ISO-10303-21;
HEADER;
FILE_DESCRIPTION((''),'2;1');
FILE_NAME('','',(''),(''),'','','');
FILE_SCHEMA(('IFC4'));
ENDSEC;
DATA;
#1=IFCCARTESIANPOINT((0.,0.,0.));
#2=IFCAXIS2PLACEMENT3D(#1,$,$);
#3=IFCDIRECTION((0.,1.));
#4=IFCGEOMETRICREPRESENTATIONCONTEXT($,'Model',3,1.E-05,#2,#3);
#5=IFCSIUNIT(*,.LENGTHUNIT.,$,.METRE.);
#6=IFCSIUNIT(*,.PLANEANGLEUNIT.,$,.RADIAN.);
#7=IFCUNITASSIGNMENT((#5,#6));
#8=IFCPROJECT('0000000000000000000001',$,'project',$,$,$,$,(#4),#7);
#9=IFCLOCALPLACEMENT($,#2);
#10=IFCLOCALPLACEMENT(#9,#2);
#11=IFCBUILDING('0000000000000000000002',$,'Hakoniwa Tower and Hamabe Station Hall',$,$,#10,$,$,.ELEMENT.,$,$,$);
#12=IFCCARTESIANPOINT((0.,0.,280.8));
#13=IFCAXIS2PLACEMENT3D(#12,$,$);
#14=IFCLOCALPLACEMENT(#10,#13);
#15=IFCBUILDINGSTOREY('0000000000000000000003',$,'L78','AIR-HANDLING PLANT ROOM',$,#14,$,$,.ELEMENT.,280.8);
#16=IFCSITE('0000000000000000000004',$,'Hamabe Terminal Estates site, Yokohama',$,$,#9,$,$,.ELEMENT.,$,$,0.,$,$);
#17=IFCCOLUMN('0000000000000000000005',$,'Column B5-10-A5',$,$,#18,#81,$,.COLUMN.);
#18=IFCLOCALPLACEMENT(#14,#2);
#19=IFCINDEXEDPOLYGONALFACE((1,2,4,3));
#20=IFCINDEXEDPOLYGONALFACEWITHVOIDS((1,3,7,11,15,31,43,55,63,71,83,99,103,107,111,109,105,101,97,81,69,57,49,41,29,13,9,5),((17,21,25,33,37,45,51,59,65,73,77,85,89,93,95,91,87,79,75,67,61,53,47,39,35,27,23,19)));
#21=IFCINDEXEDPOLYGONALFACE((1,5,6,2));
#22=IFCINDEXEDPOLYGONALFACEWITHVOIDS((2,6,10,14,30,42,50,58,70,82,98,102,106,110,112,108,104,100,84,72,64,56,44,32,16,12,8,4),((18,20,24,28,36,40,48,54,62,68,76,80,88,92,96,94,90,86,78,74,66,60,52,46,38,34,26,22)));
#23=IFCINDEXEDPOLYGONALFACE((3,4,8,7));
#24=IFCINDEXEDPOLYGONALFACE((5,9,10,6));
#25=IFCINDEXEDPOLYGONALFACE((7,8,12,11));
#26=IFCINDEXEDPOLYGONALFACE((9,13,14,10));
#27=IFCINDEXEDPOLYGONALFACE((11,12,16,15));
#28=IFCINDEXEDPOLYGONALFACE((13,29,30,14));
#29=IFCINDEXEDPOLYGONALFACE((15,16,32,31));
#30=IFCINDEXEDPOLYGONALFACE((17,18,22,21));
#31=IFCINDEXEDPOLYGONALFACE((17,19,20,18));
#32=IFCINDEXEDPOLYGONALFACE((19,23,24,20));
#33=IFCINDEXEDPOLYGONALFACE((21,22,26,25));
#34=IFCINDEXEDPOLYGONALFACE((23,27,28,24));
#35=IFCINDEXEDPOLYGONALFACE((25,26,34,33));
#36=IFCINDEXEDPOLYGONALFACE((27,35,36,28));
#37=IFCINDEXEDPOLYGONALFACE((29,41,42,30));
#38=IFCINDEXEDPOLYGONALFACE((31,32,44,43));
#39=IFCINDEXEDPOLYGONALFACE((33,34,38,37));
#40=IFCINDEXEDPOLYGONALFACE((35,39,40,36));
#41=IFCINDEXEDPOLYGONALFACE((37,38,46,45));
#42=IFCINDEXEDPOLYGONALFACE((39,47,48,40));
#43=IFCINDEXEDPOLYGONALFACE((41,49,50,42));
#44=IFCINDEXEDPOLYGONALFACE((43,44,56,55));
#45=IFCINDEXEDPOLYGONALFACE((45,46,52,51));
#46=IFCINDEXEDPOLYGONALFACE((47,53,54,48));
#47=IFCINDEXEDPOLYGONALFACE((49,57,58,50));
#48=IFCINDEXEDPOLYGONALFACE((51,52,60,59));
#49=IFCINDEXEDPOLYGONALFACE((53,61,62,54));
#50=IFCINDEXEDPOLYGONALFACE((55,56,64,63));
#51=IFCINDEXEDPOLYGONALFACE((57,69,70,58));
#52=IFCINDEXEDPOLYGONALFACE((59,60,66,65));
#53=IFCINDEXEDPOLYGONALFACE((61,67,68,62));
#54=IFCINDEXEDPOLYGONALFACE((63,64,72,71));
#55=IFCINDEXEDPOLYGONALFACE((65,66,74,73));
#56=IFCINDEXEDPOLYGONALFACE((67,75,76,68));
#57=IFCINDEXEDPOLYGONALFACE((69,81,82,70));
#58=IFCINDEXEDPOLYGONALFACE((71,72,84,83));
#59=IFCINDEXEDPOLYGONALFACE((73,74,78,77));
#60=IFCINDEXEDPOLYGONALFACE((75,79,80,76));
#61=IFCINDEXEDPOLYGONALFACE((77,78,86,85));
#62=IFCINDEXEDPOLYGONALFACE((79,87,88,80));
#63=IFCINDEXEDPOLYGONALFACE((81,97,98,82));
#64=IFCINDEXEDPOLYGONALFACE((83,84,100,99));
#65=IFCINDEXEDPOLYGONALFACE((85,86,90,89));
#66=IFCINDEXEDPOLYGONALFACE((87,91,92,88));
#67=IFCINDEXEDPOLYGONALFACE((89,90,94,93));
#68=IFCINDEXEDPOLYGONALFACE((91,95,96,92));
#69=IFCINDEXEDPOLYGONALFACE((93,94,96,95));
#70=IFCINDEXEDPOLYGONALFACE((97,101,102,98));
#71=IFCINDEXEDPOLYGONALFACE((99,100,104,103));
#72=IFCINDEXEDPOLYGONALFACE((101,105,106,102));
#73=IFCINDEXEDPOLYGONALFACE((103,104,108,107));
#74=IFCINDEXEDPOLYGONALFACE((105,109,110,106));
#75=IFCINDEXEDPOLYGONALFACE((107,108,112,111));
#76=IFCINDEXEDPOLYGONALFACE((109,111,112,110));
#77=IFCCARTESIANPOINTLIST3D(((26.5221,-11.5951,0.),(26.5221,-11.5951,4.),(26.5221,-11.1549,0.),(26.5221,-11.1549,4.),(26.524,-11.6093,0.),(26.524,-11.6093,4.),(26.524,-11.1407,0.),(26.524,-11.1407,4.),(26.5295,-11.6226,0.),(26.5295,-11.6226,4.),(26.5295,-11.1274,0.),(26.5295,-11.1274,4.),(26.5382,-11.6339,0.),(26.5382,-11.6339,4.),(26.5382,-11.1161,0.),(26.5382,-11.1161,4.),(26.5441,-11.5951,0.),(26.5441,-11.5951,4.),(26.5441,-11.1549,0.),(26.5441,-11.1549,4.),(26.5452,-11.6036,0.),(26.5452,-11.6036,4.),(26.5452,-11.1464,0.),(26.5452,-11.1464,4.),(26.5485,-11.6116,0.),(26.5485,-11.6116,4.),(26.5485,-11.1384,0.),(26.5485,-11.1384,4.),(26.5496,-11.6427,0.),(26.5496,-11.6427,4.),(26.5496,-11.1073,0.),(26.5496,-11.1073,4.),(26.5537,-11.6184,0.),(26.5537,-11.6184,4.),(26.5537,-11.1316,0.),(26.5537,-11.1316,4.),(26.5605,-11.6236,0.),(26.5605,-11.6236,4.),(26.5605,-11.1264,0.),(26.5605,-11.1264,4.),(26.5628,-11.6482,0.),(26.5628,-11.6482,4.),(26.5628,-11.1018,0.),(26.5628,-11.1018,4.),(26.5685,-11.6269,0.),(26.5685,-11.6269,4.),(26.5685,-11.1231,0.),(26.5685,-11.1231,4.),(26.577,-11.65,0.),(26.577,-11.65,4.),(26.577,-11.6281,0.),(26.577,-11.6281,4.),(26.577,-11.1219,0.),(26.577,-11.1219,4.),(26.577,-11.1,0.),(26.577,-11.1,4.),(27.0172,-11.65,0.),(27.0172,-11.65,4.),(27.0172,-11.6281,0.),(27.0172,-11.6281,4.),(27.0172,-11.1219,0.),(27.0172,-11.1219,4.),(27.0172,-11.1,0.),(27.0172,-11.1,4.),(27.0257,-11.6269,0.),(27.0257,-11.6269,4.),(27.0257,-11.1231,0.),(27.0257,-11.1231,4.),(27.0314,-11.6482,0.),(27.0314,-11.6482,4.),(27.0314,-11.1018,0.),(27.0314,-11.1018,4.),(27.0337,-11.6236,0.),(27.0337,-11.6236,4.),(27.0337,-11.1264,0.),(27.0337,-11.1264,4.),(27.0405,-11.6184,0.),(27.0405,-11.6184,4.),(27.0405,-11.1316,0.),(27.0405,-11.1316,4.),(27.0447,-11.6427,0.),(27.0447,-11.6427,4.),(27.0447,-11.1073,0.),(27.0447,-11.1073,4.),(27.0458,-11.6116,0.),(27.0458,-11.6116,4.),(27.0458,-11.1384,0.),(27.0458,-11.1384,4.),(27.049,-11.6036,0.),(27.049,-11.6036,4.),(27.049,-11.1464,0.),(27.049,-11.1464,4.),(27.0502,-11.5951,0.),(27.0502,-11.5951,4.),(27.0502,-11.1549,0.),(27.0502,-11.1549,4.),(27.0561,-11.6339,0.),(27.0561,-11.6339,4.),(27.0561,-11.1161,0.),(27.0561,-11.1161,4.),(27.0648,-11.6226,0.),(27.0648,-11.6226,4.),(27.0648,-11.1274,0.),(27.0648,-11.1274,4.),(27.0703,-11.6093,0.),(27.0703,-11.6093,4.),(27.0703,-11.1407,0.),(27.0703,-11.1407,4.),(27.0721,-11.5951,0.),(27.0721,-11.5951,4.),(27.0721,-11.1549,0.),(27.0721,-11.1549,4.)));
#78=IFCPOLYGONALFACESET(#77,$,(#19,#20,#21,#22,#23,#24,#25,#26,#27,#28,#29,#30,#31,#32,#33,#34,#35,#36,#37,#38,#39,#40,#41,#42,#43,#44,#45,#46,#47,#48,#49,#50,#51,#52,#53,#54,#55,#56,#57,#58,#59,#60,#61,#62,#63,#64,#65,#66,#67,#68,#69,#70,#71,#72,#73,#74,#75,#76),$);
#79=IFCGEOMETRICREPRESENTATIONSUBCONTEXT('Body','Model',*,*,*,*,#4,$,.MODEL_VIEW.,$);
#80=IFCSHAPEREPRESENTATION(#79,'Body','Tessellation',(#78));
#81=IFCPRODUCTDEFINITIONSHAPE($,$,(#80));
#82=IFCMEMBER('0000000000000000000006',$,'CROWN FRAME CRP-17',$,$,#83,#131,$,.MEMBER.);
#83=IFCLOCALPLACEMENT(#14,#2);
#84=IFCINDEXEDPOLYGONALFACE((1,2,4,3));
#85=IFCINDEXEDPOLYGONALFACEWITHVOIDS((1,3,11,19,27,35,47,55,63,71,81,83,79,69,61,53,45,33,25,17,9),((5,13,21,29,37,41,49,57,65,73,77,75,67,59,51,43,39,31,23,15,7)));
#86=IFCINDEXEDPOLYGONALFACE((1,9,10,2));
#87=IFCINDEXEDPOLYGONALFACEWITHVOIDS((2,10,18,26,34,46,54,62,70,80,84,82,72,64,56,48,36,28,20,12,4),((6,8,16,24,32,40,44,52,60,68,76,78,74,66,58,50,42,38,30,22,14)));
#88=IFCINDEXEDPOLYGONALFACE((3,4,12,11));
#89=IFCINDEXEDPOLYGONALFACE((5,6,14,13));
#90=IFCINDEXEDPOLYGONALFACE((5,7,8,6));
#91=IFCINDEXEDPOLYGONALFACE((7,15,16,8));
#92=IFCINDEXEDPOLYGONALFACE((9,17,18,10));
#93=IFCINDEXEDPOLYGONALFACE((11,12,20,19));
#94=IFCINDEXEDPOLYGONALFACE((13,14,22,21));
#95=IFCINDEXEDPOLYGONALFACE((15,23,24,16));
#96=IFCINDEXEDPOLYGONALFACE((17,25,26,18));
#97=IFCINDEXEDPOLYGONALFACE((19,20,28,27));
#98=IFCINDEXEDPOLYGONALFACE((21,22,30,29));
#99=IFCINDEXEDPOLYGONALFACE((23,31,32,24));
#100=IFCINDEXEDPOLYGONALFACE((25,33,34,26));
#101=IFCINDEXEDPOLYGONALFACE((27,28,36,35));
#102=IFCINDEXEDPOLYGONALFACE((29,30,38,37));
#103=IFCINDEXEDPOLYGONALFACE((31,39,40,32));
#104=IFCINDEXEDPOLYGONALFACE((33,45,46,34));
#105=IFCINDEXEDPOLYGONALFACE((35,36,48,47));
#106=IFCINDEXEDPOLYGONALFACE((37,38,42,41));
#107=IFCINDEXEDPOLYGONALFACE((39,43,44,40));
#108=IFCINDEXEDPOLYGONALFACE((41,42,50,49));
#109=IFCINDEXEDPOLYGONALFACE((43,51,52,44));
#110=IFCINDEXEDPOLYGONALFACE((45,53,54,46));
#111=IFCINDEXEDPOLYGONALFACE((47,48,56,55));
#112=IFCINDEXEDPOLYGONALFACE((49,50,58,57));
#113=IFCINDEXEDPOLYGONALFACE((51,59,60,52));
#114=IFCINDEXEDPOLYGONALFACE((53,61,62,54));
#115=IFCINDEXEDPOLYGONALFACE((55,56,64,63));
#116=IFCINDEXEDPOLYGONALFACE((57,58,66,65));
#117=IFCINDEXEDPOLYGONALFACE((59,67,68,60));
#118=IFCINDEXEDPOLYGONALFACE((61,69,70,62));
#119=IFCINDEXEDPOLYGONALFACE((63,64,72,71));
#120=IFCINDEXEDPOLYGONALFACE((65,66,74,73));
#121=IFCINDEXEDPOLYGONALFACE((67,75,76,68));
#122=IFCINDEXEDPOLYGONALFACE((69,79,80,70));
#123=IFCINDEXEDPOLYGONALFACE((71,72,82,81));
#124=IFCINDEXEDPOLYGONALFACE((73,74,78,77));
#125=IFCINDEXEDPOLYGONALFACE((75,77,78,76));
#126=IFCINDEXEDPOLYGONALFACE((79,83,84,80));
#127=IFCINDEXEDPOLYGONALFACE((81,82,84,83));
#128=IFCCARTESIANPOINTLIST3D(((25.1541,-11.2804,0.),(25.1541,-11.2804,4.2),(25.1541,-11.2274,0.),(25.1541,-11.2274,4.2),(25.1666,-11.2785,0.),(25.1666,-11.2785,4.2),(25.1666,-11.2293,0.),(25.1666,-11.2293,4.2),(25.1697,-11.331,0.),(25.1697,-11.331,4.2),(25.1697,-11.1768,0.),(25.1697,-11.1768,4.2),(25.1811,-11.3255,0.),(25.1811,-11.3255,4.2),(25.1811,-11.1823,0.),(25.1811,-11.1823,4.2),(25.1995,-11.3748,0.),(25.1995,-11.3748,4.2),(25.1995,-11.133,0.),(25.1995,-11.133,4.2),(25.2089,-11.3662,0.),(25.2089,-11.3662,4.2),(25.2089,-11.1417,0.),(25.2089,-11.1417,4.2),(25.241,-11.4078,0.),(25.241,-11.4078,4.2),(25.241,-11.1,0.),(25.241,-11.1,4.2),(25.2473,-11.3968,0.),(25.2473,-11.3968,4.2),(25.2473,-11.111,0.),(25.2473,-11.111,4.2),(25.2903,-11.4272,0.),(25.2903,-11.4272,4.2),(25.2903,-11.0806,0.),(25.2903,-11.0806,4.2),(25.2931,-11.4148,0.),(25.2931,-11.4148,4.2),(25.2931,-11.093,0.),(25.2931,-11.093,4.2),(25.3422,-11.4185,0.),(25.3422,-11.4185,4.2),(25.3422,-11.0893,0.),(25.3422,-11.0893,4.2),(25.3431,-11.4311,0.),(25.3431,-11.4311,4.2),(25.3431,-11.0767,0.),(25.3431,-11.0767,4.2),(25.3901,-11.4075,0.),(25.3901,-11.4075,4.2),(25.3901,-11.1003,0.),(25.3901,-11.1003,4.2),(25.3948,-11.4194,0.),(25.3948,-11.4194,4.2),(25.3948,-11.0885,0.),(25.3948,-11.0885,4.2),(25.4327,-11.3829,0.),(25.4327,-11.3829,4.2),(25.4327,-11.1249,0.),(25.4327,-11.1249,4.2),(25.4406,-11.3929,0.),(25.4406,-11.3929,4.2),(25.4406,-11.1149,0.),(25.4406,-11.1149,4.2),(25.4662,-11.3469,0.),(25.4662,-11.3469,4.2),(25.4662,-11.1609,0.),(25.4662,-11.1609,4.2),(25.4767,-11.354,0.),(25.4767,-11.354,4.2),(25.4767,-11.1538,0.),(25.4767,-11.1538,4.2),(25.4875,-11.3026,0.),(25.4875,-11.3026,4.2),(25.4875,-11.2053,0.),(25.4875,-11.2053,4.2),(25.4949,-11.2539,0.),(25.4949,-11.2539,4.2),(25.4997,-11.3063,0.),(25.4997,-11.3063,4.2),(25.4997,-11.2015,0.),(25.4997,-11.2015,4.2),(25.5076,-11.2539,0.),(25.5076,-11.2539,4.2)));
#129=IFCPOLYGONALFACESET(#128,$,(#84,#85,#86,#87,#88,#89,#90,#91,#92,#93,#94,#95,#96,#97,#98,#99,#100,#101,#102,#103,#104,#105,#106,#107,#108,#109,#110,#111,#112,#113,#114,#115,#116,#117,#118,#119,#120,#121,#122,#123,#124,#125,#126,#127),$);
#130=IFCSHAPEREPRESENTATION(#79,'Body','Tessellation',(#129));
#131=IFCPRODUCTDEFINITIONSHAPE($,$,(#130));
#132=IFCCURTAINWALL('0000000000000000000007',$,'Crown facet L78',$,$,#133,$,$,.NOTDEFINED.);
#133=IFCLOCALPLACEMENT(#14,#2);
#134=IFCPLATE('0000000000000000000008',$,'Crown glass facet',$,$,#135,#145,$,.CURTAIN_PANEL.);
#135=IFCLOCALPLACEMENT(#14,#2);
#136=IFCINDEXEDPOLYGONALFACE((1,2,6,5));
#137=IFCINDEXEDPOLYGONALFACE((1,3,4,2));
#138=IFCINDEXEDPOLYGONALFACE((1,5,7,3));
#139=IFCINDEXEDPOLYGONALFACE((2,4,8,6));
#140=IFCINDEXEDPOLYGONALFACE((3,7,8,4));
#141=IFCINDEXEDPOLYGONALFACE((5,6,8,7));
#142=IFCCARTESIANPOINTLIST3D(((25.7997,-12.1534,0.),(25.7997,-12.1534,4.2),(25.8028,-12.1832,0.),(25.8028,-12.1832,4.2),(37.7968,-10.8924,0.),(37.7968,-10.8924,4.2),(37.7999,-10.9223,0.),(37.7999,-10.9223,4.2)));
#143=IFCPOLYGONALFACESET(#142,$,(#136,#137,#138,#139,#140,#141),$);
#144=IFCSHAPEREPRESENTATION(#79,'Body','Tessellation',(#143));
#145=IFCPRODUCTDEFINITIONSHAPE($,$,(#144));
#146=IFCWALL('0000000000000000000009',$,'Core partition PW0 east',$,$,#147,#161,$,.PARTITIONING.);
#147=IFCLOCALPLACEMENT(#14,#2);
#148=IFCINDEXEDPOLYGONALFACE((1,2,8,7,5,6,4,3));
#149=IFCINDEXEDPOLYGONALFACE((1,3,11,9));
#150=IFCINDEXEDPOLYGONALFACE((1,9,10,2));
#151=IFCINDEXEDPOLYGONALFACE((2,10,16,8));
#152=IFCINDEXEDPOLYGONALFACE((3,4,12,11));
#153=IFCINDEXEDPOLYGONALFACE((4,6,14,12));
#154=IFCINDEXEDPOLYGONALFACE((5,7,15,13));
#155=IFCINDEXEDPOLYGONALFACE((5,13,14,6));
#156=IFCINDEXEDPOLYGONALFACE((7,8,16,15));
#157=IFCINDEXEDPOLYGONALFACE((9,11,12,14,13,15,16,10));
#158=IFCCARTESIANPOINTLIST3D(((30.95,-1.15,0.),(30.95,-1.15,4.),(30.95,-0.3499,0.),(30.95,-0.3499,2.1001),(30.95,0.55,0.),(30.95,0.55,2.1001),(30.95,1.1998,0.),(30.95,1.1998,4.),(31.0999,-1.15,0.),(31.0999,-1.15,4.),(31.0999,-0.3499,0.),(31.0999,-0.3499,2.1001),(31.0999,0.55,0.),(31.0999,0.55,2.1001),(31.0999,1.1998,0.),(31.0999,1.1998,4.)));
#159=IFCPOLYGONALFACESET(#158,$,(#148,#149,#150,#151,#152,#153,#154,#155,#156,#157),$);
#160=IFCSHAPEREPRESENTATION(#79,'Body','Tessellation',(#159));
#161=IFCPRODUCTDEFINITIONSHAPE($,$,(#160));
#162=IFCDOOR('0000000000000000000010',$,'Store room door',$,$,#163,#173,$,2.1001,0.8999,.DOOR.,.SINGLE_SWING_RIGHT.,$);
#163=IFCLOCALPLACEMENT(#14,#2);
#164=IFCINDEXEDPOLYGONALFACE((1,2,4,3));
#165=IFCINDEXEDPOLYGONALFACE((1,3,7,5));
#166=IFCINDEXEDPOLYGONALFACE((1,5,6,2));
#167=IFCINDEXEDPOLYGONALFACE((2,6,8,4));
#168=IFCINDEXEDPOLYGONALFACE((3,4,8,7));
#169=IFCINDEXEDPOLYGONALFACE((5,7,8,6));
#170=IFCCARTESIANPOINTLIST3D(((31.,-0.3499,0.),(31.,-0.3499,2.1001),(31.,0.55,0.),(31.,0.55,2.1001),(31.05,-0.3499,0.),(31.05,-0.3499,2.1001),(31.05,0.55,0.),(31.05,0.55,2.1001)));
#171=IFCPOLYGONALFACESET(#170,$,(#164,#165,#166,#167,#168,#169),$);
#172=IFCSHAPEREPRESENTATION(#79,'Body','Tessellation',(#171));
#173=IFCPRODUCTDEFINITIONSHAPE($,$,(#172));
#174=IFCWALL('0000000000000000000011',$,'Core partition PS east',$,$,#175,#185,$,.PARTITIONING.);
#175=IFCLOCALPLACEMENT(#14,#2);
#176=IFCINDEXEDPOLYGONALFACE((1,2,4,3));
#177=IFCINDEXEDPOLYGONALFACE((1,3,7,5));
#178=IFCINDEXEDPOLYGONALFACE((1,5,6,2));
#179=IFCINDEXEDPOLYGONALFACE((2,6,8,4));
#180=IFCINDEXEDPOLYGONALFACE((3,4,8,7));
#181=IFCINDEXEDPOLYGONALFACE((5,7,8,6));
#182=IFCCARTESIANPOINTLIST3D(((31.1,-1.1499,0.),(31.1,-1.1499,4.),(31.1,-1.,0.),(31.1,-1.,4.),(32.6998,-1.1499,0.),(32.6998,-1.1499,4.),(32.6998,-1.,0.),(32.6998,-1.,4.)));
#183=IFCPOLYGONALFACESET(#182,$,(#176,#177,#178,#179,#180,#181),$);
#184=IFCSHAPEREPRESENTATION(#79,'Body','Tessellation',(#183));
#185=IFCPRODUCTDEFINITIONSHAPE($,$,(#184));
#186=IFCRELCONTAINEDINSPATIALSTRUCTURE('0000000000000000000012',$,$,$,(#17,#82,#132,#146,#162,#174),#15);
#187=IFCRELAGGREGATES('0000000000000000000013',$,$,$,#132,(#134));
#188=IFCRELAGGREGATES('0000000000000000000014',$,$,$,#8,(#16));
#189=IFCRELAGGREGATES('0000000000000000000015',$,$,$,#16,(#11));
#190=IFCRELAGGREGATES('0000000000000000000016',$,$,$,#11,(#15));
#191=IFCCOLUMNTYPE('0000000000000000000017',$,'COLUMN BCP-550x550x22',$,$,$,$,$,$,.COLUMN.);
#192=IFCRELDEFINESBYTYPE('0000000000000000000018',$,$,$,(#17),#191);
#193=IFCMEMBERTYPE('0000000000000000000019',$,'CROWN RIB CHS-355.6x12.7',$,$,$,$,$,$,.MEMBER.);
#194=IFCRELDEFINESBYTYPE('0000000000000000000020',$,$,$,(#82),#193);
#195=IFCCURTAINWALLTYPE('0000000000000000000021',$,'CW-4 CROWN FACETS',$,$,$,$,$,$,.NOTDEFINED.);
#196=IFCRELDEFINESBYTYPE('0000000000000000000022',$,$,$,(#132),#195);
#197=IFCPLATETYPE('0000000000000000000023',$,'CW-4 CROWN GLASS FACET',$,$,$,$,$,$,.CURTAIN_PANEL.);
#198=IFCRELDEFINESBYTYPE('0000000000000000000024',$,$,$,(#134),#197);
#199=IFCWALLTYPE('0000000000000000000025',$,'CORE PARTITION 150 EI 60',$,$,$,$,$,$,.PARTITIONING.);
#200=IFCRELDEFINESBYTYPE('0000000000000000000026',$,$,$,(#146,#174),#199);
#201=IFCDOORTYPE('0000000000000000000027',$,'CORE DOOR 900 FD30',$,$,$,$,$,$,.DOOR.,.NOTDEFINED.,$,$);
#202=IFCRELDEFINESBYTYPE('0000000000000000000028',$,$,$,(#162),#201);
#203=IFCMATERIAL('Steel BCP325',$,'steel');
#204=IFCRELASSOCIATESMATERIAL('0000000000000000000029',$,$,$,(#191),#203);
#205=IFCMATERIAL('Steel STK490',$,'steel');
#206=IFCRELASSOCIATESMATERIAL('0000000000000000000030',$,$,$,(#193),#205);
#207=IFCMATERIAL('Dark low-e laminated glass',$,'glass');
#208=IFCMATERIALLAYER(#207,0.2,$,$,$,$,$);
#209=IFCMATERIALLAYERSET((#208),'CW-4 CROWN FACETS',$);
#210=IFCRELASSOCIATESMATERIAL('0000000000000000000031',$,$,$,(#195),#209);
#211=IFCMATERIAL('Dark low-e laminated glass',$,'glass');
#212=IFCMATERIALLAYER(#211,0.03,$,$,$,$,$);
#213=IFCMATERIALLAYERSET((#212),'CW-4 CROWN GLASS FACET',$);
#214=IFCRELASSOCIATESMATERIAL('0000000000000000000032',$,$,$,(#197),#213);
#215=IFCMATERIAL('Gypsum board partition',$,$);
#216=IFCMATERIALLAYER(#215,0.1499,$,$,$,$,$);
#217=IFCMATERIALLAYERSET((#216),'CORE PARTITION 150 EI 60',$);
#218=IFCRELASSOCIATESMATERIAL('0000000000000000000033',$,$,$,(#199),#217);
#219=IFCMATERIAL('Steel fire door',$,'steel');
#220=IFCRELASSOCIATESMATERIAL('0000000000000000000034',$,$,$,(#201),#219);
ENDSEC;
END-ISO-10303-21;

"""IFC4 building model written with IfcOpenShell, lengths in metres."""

from ifc_helpers import new_model, si_unit, direction, frame, frame_2d, origin, origin_2d, place, context, subcontext, project, spatial, rectangle, hollow_rectangle, hollow_circle, extrude, material, layer, layer_set, material_profile, profile_set, type_object, element, fill, aggregate, save


model = new_model("IFC4")

# Units and contexts
model_context = context("Model", 3, precision=1e-05, world=origin(), true_north=direction((0.0, 1.0)))
body_context = subcontext(model_context, "Body", "Model", "MODEL_VIEW")
ifc_project = project(units=[si_unit("LENGTHUNIT", "METRE"), si_unit("PLANEANGLEUNIT", "RADIAN")], contexts=[model_context])

# Site, building, storey
site_placement = place(None, origin())
site = spatial("IfcSite", under=ifc_project, at=site_placement, Name="Hamabe Terminal Estates site, Yokohama", CompositionType="ELEMENT", RefElevation=0.0)
building_placement = place(site_placement, origin())
building = spatial("IfcBuilding", under=site, at=building_placement, Name="Hakoniwa Tower and Hamabe Station Hall", CompositionType="ELEMENT")
storey_placement = place(building_placement, frame((0.0, 0.0, 280.8)))
storey = spatial("IfcBuildingStorey", under=building, at=storey_placement, Name="L78", Description="AIR-HANDLING PLANT ROOM", CompositionType="ELEMENT", Elevation=280.8)

# Column
ifc_material_1 = material(Name="Steel BCP325", Category="steel")
ifc_material_profile_1 = material_profile(ifc_material_1, hollow_rectangle(XDim=0.55, YDim=0.55, WallThickness=0.022, InnerFilletRadius=0.033, OuterFilletRadius=0.0549, at=origin_2d()), Name="BCP-550x550x22")
ifc_profile_set_1 = profile_set([ifc_material_profile_1], Name="Steel BCP325")
column_type = type_object("IfcColumnType", Name="COLUMN BCP-550x550x22", PredefinedType="COLUMN", material=ifc_profile_set_1)
column_placement = place(storey_placement, frame((26.7971, -11.375, 0.0), z_axis=(0.0, 0.0, 1.0), x_axis=(1.0, 0.0, 0.0)))
element("IfcColumn", 1, at=column_placement, inside=storey, type_object=column_type, Name="Column B5-10-A5", PredefinedType="COLUMN", context=body_context, shape_type="SweptSolid", body=[
    extrude(hollow_rectangle(XDim=0.55, YDim=0.55, WallThickness=0.022, InnerFilletRadius=0.033, OuterFilletRadius=0.0549, at=origin_2d()), origin(), (0.0, 0.0, 1.0), 4.0),
])

# Member
ifc_material_2 = material(Name="Steel STK490", Category="steel")
ifc_material_profile_2 = material_profile(ifc_material_2, hollow_circle(Radius=0.1777, WallThickness=0.0127, at=origin_2d()), Name="CHS-355.6x12.7")
ifc_profile_set_2 = profile_set([ifc_material_profile_2], Name="Steel STK490")
member_type = type_object("IfcMemberType", Name="CROWN RIB CHS-355.6x12.7", PredefinedType="MEMBER", material=ifc_profile_set_2)
member_placement = place(storey_placement, frame((25.3298, -11.2539, 0.0), z_axis=(0.0, 0.0, 1.0), x_axis=(1.0, 0.0, 0.0)))
element("IfcMember", 2, at=member_placement, inside=storey, type_object=member_type, Name="CROWN FRAME CRP-17", PredefinedType="MEMBER", context=body_context, shape_type="SweptSolid", body=[
    extrude(hollow_circle(Radius=0.1777, WallThickness=0.0127, at=origin_2d()), origin(), (0.0, 0.0, 1.0), 4.2),
])

# Curtain wall, plate
ifc_material_3 = material(Name="Dark low-e laminated glass", Category="glass")
ifc_layer_1 = layer(ifc_material_3, 0.2)
ifc_layer_set_1 = layer_set([ifc_layer_1], Name="CW-4 CROWN FACETS")
curtain_wall_type = type_object("IfcCurtainWallType", Name="CW-4 CROWN FACETS", PredefinedType="NOTDEFINED", material=ifc_layer_set_1)
curtain_wall_placement = place(storey_placement, origin())
curtain_wall = element("IfcCurtainWall", 3, at=curtain_wall_placement, inside=storey, type_object=curtain_wall_type, Name="Crown facet L78", PredefinedType="NOTDEFINED")
ifc_material_4 = material(Name="Dark low-e laminated glass", Category="glass")
ifc_layer_2 = layer(ifc_material_4, 0.03)
ifc_layer_set_2 = layer_set([ifc_layer_2], Name="CW-4 CROWN GLASS FACET")
plate_type = type_object("IfcPlateType", Name="CW-4 CROWN GLASS FACET", PredefinedType="CURTAIN_PANEL", material=ifc_layer_set_2)
plate_placement = place(storey_placement, frame((31.7998, -11.5378, 0.0), z_axis=(0.0, 0.0, 1.0), x_axis=(0.994522, 0.104528, 0.0)))
plate = element("IfcPlate", 4, at=plate_placement, type_object=plate_type, Name="Crown glass facet", PredefinedType="CURTAIN_PANEL", context=body_context, shape_type="SweptSolid", body=[
    extrude(rectangle(XDim=12.0632, YDim=0.03, at=origin_2d()), origin(), (0.0, 0.0, 1.0), 4.2),
])
aggregate(curtain_wall, [plate])

# Wall, opening, door
ifc_material_5 = material(Name="Gypsum board partition")
ifc_layer_3 = layer(ifc_material_5, 0.1499)
ifc_layer_set_3 = layer_set([ifc_layer_3], Name="CORE PARTITION 150 EI 60")
wall_type_1 = type_object("IfcWallType", Name="CORE PARTITION 150 EI 60", PredefinedType="PARTITIONING", material=ifc_layer_set_3)
wall_1_placement = place(storey_placement, frame((31.0249, -1.1499, 0.0), z_axis=(0.0, 0.0, 1.0), x_axis=(0.0, 1.0, 0.0)))
wall_1 = element("IfcWall", 5, at=wall_1_placement, inside=storey, type_object=wall_type_1, Name="Core partition PW0 east", PredefinedType="PARTITIONING", context=body_context, shape_type="SweptSolid", body=[
    extrude(rectangle(XDim=2.3499, YDim=0.1499, at=frame_2d((1.1748, 0.0))), origin(), (0.0, 0.0, 1.0), 4.0),
])
opening_1_placement = place(wall_1_placement, frame((0.8, 0.0, 0.0)))
opening_1 = element("IfcOpeningElement", 6, at=opening_1_placement, cuts=wall_1, PredefinedType="OPENING", context=body_context, shape_type="SweptSolid", body=[
    extrude(rectangle(XDim=0.8999, YDim=2.1001, at=frame_2d((0.45, 1.05))), frame((0.0, 0.085, 0.0), z_axis=(0.0, -1.0, 0.0), x_axis=(1.0, 0.0, 0.0)), (0.0, 0.0, 1.0), 0.1699),
])
ifc_material_6 = material(Name="Steel fire door", Category="steel")
door_type_1 = type_object("IfcDoorType", Name="CORE DOOR 900 FD30", OperationType="NOTDEFINED", PredefinedType="DOOR", material=ifc_material_6)
door_1_placement = place(opening_1_placement, origin())
door_1 = element("IfcDoor", 7, at=door_1_placement, inside=storey, type_object=door_type_1, Name="Store room door", OperationType="SINGLE_SWING_RIGHT", OverallHeight=2.1001, OverallWidth=0.8999, PredefinedType="DOOR", context=body_context, shape_type="SweptSolid", body=[
    extrude(rectangle(XDim=0.8999, YDim=2.1001, at=frame_2d((0.45, 1.05))), frame((0.0, 0.0249, 0.0), z_axis=(0.0, -1.0, 0.0), x_axis=(1.0, 0.0, 0.0)), (0.0, 0.0, 1.0), 0.05),
])
fill(opening_1, door_1)

# Wall
wall_2_placement = place(storey_placement, frame((31.1001, -1.075, 0.0), z_axis=(0.0, 0.0, 1.0), x_axis=(1.0, 0.0, 0.0)))
element("IfcWall", 8, at=wall_2_placement, inside=storey, type_object=wall_type_1, Name="Core partition PS east", PredefinedType="PARTITIONING", context=body_context, shape_type="SweptSolid", body=[
    extrude(rectangle(XDim=1.5999, YDim=0.1499, at=frame_2d((0.7998, 0.0))), origin(), (0.0, 0.0, 1.0), 4.0),
])

save(model, "model.ifc")
